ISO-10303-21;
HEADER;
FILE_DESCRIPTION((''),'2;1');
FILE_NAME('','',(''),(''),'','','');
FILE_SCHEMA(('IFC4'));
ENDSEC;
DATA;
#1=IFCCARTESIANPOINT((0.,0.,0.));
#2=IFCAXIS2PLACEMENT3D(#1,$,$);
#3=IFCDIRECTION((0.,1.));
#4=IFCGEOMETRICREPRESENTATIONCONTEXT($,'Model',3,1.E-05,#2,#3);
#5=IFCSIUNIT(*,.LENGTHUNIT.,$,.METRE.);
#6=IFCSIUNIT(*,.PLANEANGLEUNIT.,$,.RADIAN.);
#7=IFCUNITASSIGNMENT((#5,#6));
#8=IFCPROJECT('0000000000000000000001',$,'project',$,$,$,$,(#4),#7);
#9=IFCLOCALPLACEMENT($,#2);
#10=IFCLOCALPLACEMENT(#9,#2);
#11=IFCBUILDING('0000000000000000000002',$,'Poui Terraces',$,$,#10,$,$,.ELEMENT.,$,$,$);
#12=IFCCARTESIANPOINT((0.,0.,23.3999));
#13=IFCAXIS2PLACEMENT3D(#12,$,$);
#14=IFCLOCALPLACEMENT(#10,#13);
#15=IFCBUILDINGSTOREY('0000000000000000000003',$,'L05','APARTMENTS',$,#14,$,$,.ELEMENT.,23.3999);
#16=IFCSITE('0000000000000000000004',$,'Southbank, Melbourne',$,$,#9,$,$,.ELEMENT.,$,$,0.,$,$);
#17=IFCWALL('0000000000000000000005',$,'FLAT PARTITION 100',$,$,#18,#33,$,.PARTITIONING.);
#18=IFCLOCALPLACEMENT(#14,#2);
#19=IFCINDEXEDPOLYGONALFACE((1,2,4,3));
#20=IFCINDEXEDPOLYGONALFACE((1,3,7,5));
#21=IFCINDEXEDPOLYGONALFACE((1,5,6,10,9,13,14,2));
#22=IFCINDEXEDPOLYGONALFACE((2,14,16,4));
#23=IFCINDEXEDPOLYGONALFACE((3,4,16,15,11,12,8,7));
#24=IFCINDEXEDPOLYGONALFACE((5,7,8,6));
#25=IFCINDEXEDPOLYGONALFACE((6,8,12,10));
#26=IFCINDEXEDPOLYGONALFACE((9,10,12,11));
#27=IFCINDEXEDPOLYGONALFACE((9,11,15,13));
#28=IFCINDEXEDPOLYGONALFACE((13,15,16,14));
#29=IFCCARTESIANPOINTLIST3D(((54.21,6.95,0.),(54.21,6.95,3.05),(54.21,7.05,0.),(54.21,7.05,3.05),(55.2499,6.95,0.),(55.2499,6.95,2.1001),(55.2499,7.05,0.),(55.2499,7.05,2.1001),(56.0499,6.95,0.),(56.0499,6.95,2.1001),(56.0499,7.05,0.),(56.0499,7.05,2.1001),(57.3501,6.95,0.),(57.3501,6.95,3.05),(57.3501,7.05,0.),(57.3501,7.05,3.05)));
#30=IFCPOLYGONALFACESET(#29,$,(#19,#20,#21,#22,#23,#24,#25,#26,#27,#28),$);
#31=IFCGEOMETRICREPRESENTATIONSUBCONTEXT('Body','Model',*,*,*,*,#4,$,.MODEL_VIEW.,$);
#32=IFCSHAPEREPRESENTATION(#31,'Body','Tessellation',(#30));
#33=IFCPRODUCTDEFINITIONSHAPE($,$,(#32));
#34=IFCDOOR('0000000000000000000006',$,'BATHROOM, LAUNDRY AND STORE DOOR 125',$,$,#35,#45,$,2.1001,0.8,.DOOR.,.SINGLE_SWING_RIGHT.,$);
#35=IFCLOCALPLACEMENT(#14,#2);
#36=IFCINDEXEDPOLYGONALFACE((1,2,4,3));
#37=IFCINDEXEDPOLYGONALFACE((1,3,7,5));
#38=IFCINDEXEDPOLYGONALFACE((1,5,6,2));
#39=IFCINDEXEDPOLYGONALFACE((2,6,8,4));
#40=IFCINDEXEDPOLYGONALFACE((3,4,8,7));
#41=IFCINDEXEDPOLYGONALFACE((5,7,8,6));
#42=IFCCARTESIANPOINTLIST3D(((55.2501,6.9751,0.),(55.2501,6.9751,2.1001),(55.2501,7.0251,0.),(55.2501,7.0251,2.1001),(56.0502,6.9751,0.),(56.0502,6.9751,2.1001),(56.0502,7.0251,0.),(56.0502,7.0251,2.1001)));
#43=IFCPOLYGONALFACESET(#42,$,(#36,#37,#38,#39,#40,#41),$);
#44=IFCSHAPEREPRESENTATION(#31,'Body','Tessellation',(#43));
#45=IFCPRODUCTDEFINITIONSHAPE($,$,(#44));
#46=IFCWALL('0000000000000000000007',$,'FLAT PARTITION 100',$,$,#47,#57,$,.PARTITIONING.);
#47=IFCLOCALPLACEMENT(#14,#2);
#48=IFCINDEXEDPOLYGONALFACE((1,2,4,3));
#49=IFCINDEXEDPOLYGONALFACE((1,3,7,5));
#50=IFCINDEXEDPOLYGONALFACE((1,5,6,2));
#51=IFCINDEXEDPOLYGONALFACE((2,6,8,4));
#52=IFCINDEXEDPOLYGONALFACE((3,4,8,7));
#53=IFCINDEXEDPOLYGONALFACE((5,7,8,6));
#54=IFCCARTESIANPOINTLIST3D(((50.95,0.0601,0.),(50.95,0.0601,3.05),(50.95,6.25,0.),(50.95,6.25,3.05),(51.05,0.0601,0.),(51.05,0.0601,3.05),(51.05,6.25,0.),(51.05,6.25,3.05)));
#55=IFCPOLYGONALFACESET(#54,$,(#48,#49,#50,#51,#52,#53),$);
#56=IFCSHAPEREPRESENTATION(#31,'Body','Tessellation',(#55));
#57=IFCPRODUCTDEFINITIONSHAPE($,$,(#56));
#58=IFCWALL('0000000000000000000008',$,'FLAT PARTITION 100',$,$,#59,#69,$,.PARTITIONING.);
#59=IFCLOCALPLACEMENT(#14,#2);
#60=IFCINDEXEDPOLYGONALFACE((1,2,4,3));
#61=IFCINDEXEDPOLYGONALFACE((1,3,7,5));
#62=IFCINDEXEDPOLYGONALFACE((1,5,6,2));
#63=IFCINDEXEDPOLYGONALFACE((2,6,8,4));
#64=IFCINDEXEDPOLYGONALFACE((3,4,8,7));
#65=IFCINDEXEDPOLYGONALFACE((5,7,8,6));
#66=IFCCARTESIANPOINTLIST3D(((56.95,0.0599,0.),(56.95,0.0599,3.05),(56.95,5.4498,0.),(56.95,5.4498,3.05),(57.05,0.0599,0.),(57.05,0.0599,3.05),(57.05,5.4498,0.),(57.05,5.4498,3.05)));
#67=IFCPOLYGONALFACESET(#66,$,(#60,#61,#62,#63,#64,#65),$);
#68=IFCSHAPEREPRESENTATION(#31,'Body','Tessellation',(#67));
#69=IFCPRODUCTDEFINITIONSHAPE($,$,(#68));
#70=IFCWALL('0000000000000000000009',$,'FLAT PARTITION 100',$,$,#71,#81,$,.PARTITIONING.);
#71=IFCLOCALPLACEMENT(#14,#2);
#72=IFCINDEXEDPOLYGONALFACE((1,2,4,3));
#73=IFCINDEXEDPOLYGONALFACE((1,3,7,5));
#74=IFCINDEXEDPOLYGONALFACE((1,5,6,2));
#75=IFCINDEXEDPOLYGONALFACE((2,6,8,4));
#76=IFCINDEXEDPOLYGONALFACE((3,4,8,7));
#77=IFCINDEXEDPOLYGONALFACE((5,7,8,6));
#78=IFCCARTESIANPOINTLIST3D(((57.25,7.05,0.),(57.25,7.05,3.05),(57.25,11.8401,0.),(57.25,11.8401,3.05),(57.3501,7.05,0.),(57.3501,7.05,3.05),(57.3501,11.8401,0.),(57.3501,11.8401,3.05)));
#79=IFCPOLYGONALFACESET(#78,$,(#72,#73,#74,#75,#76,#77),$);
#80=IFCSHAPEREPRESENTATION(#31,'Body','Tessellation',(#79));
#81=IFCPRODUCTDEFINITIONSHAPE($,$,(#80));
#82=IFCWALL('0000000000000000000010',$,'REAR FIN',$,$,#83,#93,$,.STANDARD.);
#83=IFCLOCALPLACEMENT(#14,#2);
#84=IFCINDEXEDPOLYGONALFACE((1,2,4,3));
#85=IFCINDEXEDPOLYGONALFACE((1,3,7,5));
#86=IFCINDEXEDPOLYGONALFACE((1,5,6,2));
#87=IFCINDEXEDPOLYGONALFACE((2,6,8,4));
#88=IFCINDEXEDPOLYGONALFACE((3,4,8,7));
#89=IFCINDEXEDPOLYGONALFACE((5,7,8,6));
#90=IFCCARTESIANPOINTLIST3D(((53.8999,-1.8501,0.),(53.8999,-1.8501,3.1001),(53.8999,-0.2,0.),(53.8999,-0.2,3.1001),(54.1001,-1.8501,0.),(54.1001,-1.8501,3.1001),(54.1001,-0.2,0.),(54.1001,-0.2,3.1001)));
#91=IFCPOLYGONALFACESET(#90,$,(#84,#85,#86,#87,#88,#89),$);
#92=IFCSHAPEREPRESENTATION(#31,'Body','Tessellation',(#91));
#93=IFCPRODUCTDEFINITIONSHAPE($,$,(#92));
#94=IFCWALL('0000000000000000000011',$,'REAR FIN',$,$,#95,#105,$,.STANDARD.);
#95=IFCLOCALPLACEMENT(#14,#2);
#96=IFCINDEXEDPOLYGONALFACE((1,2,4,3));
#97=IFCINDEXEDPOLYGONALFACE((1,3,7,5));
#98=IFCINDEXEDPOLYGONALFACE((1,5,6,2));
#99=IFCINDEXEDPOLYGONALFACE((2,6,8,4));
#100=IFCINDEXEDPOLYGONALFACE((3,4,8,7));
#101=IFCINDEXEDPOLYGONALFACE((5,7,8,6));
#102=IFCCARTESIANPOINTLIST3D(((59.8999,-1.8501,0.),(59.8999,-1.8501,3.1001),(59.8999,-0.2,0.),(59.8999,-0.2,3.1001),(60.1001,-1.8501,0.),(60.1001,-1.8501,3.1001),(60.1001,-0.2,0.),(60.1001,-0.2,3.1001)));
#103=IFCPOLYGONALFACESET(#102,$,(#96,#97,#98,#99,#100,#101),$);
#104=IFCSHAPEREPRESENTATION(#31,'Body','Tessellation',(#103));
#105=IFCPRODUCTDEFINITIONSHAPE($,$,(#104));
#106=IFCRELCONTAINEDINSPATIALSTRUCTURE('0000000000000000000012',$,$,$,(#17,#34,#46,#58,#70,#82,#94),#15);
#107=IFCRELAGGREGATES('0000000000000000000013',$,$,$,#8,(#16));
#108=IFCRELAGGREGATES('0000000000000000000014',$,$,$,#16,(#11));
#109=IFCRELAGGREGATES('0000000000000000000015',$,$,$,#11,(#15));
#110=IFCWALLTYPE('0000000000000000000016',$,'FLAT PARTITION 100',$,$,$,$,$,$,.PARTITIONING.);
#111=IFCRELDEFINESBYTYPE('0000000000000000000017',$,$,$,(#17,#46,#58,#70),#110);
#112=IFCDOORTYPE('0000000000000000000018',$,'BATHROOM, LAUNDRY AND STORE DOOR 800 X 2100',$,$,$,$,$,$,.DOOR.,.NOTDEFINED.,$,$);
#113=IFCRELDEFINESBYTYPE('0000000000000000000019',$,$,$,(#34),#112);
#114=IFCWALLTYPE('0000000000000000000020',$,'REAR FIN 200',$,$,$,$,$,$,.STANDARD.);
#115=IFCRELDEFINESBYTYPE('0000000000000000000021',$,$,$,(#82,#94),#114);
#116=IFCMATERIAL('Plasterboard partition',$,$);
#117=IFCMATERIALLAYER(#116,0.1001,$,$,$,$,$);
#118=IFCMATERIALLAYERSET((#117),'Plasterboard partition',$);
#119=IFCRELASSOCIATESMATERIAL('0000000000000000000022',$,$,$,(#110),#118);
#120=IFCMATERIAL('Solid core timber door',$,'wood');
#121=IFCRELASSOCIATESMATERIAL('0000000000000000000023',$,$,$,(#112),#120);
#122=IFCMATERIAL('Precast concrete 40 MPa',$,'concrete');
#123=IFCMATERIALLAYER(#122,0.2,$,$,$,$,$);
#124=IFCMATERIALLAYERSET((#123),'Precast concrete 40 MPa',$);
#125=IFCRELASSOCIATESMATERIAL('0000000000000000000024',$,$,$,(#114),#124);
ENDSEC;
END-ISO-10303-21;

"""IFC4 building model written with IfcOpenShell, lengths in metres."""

from ifc_helpers import new_model, si_unit, direction, frame, frame_2d, origin, place, context, subcontext, project, spatial, polyline, rectangle, outline, extrude, source, transform, mapped, material, layer, layer_set, type_object, element, fill, save


model = new_model("IFC4")

# Units and contexts
model_context = context("Model", 3, precision=1e-05, world=origin(), true_north=direction((0.0, 1.0)))
body_context = subcontext(model_context, "Body", "Model", "MODEL_VIEW")
ifc_project = project(units=[si_unit("LENGTHUNIT", "METRE"), si_unit("PLANEANGLEUNIT", "RADIAN")], contexts=[model_context])

# Site, building, storey
site_placement = place(None, origin())
site = spatial("IfcSite", under=ifc_project, at=site_placement, Name="Southbank, Melbourne", CompositionType="ELEMENT", RefElevation=0.0)
building_placement = place(site_placement, origin())
building = spatial("IfcBuilding", under=site, at=building_placement, Name="Poui Terraces", CompositionType="ELEMENT")
storey_placement = place(building_placement, frame((0.0, 0.0, 23.3999)))
storey = spatial("IfcBuildingStorey", under=building, at=storey_placement, Name="L05", Description="APARTMENTS", CompositionType="ELEMENT", Elevation=23.3999)

# Shared definitions
ifc_material_1 = material(Name="Precast concrete 40 MPa", Category="concrete")

# Shared definitions
ifc_material_2 = material(Name="Solid core timber door", Category="wood")

# Shared definitions
ifc_material_3 = material(Name="Plasterboard partition")
ifc_layer_1 = layer(ifc_material_3, 0.1001)
ifc_layer_set_1 = layer_set([ifc_layer_1], Name="Plasterboard partition")
wall_type_1 = type_object("IfcWallType", Name="FLAT PARTITION 100", PredefinedType="PARTITIONING", material=ifc_layer_set_1)

# Wall, opening, door
wall_1_placement = place(storey_placement, frame((54.21, 7.0, 0.0), z_axis=(0.0, 0.0, 1.0), x_axis=(1.0, 0.0, 0.0)))
wall_1 = element("IfcWall", 1, at=wall_1_placement, inside=storey, type_object=wall_type_1, Name="FLAT PARTITION 100", PredefinedType="PARTITIONING", context=body_context, shape_type="SweptSolid", body=[
    extrude(rectangle(XDim=3.1401, YDim=0.1001, at=frame_2d((1.5701, 0.0))), origin(), (0.0, 0.0, 1.0), 3.05),
])
opening_1_placement = place(wall_1_placement, frame((1.04, 0.0, 0.0)))
opening_1 = element("IfcOpeningElement", 2, at=opening_1_placement, cuts=wall_1, PredefinedType="OPENING", context=body_context, shape_type="SweptSolid", body=[
    extrude(rectangle(XDim=0.8, YDim=2.1001, at=frame_2d((0.3999, 1.05))), frame((0.0, 0.0601, 0.0), z_axis=(0.0, -1.0, 0.0), x_axis=(1.0, 0.0, 0.0)), (0.0, 0.0, 1.0), 0.1201),
])
door_type_1 = type_object("IfcDoorType", Name="BATHROOM, LAUNDRY AND STORE DOOR 800 X 2100", OperationType="NOTDEFINED", PredefinedType="DOOR", material=ifc_material_2)
door_1_placement = place(opening_1_placement, frame((0.8, 0.0, 0.0), z_axis=(0.0, 0.0, 1.0), x_axis=(-1.0, 0.0, 0.0)))
door_1 = element("IfcDoor", 3, at=door_1_placement, inside=storey, type_object=door_type_1, Name="BATHROOM, LAUNDRY AND STORE DOOR 125", OperationType="SINGLE_SWING_RIGHT", OverallHeight=2.1001, OverallWidth=0.8, PredefinedType="DOOR", context=body_context, shape_type="SweptSolid", body=[
    extrude(rectangle(XDim=0.8, YDim=2.1001, at=frame_2d((0.3999, 1.05))), frame((0.0, 0.0249, 0.0), z_axis=(0.0, -1.0, 0.0), x_axis=(1.0, 0.0, 0.0)), (0.0, 0.0, 1.0), 0.05),
])
fill(opening_1, door_1)

# Walls
wall_2_placement = place(storey_placement, frame((51.0, 0.0601, 0.0), z_axis=(0.0, 0.0, 1.0), x_axis=(0.0, 1.0, 0.0)))
element("IfcWall", 4, at=wall_2_placement, inside=storey, type_object=wall_type_1, Name="FLAT PARTITION 100", PredefinedType="PARTITIONING", context=body_context, shape_type="SweptSolid", body=[
    extrude(rectangle(XDim=6.1899, YDim=0.1001, at=frame_2d((3.095, 0.0))), origin(), (0.0, 0.0, 1.0), 3.05),
])
wall_3_placement = place(storey_placement, frame((57.0, 0.0601, 0.0), z_axis=(0.0, 0.0, 1.0), x_axis=(0.0, 1.0, 0.0)))
element("IfcWall", 5, at=wall_3_placement, inside=storey, type_object=wall_type_1, Name="FLAT PARTITION 100", PredefinedType="PARTITIONING", context=body_context, shape_type="SweptSolid", body=[
    extrude(rectangle(XDim=5.3899, YDim=0.1001, at=frame_2d((2.6948, 0.0))), origin(), (0.0, 0.0, 1.0), 3.05),
])
wall_4_placement = place(storey_placement, frame((57.3, 7.05, 0.0), z_axis=(0.0, 0.0, 1.0), x_axis=(0.0, 1.0, 0.0)))
element("IfcWall", 6, at=wall_4_placement, inside=storey, type_object=wall_type_1, Name="FLAT PARTITION 100", PredefinedType="PARTITIONING", context=body_context, shape_type="SweptSolid", body=[
    extrude(rectangle(XDim=4.79, YDim=0.1001, at=frame_2d((2.395, 0.0))), origin(), (0.0, 0.0, 1.0), 3.05),
])
ifc_layer_2 = layer(ifc_material_1, 0.2)
ifc_layer_set_2 = layer_set([ifc_layer_2], Name="Precast concrete 40 MPa")
wall_type_2 = type_object("IfcWallType", Name="REAR FIN 200", PredefinedType="STANDARD", material=ifc_layer_set_2)
shared_shape_1 = source(origin(), body_context, "Body", "SweptSolid", [
    extrude(outline(polyline([(0.0, 0.0), (0.2002, 0.0), (0.2002, 1.6501), (0.0, 1.6501), (0.0, 0.0)])), origin(), (0.0, 0.0, 1.0), 3.1001),
])
for number, where, name in (
    (7, (53.8999, -1.8501, 0.0), "REAR FIN"),
    (8, (59.8999, -1.8501, 0.0), "REAR FIN"),
):
    element("IfcWall", number, at=place(storey_placement, frame(where)), inside=storey, type_object=wall_type_2, Name=name, PredefinedType="STANDARD", context=body_context, shape_type="MappedRepresentation", body=[
        mapped(shared_shape_1, transform((0.0, 0.0, 0.0))),
    ])

save(model, "model.ifc")
